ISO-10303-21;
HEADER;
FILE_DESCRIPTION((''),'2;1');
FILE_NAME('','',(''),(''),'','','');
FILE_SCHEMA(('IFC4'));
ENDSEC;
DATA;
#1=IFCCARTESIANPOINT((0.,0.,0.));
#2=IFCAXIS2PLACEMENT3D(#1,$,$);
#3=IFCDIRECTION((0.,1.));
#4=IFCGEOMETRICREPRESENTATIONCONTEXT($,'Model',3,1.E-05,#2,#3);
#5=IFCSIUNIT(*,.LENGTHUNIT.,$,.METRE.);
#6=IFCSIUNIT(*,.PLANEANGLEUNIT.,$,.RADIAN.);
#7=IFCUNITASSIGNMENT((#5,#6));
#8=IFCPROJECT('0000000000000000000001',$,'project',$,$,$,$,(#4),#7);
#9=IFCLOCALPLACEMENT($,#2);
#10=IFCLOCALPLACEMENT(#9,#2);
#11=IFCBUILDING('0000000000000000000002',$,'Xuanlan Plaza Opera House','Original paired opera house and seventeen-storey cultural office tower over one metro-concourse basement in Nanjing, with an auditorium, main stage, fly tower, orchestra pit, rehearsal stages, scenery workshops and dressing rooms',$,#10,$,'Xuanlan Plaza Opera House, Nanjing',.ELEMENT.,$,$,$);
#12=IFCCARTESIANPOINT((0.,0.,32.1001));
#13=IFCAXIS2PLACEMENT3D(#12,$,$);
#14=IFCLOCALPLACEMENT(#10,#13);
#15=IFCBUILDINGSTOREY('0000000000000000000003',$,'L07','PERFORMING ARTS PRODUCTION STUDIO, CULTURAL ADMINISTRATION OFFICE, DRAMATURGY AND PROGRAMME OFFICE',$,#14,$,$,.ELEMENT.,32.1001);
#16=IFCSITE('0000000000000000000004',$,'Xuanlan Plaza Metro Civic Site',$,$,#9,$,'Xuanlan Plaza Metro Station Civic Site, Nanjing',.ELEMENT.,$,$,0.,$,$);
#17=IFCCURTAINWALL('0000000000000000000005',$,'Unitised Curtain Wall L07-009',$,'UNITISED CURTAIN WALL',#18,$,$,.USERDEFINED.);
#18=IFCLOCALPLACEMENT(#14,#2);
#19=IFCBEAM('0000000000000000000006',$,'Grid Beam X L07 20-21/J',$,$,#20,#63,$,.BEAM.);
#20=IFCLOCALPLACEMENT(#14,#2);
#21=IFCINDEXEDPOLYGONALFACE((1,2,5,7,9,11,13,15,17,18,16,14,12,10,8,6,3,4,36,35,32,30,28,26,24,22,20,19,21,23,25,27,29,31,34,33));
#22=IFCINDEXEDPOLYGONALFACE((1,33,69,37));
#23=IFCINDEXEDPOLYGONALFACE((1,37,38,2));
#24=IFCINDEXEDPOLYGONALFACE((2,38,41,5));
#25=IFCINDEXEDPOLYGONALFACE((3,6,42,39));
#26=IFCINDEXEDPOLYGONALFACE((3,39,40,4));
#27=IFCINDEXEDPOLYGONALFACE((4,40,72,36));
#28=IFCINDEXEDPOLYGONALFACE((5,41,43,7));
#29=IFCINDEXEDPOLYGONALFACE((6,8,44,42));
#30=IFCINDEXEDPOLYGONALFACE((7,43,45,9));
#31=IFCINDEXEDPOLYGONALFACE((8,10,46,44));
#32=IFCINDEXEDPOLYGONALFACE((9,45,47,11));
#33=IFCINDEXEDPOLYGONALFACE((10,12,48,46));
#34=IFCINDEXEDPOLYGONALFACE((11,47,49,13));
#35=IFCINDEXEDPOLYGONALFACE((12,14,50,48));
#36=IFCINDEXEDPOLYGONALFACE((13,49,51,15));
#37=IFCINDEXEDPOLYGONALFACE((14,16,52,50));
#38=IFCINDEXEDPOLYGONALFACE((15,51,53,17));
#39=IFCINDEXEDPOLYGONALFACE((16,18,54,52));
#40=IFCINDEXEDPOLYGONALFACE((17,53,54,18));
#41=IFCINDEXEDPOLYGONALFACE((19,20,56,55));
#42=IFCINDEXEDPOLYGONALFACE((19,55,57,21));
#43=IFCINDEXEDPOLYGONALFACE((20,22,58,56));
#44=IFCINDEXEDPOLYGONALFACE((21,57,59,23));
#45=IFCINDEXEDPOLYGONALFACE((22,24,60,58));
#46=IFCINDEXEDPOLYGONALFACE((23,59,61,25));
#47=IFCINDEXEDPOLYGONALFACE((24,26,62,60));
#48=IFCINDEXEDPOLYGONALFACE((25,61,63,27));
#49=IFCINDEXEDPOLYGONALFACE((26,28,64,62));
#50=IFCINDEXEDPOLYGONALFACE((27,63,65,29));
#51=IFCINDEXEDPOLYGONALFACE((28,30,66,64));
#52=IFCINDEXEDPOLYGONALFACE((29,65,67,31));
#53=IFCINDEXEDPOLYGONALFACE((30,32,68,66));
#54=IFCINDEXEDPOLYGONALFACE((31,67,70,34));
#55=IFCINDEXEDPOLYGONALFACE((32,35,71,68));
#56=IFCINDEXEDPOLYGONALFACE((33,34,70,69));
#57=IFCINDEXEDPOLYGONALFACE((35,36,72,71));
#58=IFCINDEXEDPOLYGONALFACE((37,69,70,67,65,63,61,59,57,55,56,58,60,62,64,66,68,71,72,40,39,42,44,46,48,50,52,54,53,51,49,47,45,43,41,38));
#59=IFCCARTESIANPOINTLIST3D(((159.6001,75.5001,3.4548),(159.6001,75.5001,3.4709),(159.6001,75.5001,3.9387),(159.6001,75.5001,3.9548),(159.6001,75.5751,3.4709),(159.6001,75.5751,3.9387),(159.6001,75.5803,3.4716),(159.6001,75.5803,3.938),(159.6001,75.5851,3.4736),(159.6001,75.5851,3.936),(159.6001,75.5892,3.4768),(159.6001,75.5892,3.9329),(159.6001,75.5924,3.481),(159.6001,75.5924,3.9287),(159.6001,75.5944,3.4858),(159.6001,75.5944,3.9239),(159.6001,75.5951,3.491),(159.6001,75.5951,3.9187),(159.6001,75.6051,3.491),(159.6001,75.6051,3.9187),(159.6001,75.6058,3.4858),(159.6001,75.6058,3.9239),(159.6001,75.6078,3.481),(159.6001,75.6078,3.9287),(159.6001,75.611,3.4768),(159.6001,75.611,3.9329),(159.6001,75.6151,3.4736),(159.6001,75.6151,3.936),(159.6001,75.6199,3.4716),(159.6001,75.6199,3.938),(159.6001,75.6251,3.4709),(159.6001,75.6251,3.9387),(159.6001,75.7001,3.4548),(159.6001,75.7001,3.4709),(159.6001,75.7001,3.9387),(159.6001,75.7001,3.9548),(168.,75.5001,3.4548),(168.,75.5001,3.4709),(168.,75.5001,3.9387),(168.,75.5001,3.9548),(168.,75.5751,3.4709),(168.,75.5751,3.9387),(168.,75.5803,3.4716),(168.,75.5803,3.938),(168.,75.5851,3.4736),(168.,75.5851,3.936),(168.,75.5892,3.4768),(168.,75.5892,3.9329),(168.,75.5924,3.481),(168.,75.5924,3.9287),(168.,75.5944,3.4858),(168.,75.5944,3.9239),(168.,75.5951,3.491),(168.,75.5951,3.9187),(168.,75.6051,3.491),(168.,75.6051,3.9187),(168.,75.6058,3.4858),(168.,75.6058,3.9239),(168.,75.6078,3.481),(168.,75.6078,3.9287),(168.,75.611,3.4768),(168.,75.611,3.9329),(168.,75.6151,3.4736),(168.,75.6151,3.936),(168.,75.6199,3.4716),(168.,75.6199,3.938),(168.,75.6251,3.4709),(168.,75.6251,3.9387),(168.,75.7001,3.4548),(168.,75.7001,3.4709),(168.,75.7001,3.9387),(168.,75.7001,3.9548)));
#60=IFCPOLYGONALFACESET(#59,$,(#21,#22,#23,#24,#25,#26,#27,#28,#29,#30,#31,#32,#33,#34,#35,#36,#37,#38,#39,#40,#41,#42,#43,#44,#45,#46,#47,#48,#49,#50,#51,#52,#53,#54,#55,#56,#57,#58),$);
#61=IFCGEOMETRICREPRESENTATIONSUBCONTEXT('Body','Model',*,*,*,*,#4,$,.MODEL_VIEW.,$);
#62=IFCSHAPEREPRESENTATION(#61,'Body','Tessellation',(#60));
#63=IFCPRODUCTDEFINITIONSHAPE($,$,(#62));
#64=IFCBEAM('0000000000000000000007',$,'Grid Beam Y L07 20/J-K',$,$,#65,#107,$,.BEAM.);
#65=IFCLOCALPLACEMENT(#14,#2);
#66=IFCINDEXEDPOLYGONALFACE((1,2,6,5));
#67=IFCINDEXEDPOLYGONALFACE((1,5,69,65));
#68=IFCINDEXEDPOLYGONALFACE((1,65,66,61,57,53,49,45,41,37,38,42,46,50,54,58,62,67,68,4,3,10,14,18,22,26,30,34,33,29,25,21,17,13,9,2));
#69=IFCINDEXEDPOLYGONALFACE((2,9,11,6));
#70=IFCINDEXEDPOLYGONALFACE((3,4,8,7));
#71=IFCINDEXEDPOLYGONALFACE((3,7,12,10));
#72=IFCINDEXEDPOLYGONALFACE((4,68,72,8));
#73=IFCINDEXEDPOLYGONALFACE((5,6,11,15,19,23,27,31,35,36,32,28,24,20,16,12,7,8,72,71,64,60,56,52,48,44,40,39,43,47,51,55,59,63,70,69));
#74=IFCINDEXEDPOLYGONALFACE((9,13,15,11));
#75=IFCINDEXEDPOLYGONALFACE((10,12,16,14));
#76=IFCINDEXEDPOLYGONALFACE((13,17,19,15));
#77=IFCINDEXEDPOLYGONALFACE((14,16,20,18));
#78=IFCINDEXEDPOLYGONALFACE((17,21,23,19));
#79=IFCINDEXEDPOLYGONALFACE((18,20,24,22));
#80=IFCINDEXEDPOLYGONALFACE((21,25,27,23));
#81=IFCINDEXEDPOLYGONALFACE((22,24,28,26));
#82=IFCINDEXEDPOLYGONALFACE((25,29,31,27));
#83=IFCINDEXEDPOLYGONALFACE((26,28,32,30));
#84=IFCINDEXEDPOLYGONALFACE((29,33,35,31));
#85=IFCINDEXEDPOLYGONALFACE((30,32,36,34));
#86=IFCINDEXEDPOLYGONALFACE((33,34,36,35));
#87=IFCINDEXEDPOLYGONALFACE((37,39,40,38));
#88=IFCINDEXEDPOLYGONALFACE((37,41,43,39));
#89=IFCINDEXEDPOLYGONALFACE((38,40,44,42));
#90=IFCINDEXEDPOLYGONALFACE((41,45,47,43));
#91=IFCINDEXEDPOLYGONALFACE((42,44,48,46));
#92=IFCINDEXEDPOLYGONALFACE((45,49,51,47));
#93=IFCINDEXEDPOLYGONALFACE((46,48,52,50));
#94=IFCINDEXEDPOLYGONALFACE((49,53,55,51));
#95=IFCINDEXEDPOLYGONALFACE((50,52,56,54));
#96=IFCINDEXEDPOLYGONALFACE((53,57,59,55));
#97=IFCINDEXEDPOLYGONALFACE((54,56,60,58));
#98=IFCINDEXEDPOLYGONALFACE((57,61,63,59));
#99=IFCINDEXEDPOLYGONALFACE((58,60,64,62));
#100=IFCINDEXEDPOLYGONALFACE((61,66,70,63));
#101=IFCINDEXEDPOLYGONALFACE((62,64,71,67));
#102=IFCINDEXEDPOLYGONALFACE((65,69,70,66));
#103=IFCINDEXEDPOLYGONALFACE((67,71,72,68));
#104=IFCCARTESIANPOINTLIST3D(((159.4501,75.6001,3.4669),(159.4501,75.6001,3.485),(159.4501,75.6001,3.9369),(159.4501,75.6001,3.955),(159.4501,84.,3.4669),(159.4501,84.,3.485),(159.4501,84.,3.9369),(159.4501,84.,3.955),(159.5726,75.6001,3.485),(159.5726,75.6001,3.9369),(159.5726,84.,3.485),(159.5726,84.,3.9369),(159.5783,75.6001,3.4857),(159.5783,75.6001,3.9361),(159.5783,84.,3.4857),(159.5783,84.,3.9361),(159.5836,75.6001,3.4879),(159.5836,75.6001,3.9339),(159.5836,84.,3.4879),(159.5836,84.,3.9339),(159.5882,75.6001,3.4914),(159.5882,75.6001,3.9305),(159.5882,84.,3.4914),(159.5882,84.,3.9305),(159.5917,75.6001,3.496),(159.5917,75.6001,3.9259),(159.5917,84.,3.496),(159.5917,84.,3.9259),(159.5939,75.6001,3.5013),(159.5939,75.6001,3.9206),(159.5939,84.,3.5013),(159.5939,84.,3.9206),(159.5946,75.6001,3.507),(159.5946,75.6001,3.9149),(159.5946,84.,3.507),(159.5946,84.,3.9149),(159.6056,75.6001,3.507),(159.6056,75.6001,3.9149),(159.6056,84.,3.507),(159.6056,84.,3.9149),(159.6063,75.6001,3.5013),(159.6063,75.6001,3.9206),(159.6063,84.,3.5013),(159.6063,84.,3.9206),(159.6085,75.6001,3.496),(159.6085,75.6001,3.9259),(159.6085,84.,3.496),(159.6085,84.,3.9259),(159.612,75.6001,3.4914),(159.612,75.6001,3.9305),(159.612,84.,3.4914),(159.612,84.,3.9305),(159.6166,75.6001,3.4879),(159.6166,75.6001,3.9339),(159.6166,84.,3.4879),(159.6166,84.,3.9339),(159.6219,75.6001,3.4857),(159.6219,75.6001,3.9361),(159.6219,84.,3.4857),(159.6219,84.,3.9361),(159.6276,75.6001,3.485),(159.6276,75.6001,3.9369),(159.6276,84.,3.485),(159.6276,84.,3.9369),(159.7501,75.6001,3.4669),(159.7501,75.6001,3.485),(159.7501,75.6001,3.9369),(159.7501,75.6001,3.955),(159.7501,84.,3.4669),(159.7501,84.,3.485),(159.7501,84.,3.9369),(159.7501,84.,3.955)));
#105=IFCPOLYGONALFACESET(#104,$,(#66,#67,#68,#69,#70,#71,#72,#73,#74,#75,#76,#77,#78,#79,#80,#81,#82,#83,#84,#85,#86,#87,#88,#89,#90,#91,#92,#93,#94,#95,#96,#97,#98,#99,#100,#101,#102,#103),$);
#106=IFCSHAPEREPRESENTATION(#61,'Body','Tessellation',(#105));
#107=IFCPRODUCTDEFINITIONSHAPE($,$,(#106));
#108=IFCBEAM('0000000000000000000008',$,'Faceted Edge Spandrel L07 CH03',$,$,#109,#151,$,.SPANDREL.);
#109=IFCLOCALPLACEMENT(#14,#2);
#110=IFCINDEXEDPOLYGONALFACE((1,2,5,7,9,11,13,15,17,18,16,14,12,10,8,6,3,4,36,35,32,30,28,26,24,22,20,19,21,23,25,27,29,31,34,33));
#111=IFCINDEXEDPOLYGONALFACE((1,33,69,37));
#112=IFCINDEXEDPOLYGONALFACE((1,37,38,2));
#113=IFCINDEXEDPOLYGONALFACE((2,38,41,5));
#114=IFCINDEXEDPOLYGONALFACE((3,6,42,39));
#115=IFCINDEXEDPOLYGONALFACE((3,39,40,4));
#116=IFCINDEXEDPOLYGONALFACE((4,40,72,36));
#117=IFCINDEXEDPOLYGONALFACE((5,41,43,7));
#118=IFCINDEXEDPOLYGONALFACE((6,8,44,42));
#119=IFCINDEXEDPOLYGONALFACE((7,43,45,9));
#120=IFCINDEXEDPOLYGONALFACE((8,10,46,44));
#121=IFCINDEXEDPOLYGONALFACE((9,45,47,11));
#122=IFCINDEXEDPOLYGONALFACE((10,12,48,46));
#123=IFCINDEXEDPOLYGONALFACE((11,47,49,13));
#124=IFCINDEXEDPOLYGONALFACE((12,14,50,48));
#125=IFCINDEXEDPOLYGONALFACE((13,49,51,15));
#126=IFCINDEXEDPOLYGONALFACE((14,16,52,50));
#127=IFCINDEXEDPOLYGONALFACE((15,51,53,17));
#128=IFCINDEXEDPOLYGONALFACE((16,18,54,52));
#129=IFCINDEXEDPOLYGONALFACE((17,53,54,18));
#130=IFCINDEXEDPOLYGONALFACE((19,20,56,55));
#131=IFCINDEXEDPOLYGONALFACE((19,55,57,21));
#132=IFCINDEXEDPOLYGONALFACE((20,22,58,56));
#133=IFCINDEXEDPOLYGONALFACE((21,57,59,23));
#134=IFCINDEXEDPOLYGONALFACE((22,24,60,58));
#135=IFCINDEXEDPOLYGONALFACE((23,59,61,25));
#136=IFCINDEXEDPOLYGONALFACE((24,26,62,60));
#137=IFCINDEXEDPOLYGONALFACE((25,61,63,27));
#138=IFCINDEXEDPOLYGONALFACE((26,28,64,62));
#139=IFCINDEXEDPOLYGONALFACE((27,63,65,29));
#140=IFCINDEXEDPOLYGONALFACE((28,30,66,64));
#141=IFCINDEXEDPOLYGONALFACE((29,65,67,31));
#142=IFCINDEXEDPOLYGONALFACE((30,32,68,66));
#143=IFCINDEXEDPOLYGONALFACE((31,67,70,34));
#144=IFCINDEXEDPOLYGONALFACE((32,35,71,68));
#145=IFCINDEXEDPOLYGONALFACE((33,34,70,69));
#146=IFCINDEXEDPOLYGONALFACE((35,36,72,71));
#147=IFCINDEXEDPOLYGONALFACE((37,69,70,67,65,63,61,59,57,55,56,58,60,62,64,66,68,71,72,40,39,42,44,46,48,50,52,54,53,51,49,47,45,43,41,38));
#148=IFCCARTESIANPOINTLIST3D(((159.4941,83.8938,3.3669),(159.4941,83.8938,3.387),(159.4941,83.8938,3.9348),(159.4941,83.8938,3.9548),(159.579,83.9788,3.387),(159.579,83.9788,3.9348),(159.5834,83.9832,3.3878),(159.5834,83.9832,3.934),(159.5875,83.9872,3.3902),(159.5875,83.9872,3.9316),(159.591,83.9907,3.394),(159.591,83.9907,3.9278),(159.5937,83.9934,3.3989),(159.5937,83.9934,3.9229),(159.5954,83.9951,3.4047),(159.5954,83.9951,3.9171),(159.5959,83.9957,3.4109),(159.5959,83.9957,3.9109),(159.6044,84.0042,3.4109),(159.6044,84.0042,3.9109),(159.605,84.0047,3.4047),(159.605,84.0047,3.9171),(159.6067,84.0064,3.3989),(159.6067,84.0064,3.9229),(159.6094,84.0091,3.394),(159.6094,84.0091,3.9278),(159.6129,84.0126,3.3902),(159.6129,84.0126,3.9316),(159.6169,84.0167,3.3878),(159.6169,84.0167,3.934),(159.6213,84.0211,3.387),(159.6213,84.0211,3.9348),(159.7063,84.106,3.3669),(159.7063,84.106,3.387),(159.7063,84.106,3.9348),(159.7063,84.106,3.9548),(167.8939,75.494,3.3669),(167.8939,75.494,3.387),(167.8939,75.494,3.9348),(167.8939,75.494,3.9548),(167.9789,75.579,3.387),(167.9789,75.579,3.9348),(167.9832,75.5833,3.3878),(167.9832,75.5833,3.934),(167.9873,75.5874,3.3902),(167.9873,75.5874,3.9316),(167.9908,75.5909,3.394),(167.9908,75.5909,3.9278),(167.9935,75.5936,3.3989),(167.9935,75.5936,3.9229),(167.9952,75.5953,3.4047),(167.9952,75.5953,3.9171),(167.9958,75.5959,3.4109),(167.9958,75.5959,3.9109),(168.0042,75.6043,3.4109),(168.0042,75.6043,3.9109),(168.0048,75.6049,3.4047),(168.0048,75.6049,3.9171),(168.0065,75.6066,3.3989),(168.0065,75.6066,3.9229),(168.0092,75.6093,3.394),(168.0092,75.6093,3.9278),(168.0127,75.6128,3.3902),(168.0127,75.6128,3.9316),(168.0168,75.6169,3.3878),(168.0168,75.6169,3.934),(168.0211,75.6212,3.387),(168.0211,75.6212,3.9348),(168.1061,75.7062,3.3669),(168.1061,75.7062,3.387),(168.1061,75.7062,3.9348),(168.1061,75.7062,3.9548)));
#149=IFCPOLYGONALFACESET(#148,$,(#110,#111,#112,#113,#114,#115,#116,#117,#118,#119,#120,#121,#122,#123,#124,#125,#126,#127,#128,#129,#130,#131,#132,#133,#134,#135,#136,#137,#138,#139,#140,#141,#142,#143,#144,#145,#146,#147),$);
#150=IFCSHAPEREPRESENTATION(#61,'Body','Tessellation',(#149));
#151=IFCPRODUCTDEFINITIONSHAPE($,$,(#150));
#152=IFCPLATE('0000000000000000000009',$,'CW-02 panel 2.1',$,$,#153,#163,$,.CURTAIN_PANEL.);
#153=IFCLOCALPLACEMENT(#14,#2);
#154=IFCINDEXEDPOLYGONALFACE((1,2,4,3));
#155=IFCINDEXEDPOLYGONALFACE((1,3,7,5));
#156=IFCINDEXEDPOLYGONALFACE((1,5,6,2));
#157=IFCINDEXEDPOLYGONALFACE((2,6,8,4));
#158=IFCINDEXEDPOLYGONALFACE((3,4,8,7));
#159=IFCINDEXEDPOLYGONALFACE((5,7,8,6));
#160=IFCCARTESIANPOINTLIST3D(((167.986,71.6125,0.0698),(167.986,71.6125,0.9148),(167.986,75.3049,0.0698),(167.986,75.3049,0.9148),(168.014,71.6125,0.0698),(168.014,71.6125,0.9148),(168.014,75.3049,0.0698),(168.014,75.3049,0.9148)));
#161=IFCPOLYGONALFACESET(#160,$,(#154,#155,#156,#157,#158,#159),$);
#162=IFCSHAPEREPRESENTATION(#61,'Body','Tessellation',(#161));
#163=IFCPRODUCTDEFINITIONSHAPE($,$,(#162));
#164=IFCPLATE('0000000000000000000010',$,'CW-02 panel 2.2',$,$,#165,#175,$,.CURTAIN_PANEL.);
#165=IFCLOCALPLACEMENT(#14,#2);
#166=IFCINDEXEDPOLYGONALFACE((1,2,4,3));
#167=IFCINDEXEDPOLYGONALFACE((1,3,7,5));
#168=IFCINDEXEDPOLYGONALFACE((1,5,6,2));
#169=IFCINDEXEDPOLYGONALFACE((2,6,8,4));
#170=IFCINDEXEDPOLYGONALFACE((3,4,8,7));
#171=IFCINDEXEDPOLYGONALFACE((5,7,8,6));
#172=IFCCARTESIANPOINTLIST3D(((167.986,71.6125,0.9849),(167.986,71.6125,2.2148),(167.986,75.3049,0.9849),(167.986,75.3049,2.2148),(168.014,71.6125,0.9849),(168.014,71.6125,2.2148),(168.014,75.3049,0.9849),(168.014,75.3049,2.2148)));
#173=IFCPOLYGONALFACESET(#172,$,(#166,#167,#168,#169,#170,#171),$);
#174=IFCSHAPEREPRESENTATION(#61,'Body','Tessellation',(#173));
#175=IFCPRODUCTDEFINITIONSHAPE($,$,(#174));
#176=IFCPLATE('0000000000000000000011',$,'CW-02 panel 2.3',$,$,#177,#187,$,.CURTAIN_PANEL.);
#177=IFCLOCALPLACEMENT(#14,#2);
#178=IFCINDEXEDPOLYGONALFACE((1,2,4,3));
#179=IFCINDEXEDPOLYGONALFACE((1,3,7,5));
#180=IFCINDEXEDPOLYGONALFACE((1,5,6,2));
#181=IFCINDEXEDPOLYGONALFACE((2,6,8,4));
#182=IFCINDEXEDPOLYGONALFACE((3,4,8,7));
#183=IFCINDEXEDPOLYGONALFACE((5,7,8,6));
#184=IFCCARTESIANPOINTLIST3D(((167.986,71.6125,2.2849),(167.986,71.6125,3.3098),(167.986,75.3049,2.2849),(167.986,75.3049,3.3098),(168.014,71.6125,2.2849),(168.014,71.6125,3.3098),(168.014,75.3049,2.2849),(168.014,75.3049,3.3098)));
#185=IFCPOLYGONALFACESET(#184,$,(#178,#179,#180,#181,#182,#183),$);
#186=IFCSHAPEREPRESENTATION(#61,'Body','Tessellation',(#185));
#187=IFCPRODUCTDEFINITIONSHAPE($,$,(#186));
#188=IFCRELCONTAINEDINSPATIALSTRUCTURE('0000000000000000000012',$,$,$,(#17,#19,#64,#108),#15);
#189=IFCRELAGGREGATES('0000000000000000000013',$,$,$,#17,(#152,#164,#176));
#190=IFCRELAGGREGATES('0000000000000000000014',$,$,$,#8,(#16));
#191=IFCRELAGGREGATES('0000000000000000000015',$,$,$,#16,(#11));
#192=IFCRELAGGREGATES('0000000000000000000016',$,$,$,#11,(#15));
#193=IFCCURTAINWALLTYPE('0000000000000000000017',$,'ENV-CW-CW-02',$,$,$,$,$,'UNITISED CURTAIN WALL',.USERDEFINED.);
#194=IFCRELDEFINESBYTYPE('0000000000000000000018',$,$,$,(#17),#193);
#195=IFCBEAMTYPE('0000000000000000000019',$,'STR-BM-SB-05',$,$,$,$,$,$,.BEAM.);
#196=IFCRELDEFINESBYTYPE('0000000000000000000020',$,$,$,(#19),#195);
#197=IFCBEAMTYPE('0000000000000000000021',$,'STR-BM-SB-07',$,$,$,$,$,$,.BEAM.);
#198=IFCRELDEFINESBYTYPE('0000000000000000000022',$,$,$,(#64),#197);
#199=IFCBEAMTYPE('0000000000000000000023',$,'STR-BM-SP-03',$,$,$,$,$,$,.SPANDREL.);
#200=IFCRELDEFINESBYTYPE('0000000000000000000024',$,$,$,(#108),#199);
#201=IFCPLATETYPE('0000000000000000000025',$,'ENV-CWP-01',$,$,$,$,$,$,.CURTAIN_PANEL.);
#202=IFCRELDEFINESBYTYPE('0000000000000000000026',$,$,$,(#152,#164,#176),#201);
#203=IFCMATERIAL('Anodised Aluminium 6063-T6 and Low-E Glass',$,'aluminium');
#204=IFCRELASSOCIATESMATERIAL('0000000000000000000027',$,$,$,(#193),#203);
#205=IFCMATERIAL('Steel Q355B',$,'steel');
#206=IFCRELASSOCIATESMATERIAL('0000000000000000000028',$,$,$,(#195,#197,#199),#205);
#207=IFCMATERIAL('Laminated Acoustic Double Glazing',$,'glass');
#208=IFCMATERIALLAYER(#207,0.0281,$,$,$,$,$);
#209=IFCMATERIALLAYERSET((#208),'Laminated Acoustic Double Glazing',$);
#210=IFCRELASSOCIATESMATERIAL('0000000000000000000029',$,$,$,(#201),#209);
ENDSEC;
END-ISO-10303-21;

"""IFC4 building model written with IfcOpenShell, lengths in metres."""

from ifc_helpers import new_model, si_unit, direction, frame, origin, origin_2d, place, context, subcontext, project, spatial, rectangle, i_section, extrude, material, layer, layer_set, material_profile, profile_set, type_object, element, aggregate, save


model = new_model("IFC4")

# Units and contexts
model_context = context("Model", 3, precision=1e-05, world=origin(), true_north=direction((0.0, 1.0)))
body_context = subcontext(model_context, "Body", "Model", "MODEL_VIEW")
ifc_project = project(units=[si_unit("LENGTHUNIT", "METRE"), si_unit("PLANEANGLEUNIT", "RADIAN")], contexts=[model_context])

# Site, building, storey
site_placement = place(None, origin())
site = spatial("IfcSite", under=ifc_project, at=site_placement, Name="Xuanlan Plaza Metro Civic Site", LongName="Xuanlan Plaza Metro Station Civic Site, Nanjing", CompositionType="ELEMENT", RefElevation=0.0)
building_placement = place(site_placement, origin())
building = spatial("IfcBuilding", under=site, at=building_placement, Name="Xuanlan Plaza Opera House", Description="Original paired opera house and seventeen-storey cultural office tower over one metro-concourse basement in Nanjing, with an auditorium, main stage, fly tower, orchestra pit, rehearsal stages, scenery workshops and dressing rooms", LongName="Xuanlan Plaza Opera House, Nanjing", CompositionType="ELEMENT")
storey_placement = place(building_placement, frame((0.0, 0.0, 32.1001)))
storey = spatial("IfcBuildingStorey", under=building, at=storey_placement, Name="L07", Description="PERFORMING ARTS PRODUCTION STUDIO, CULTURAL ADMINISTRATION OFFICE, DRAMATURGY AND PROGRAMME OFFICE", CompositionType="ELEMENT", Elevation=32.1001)

# Shared definitions
ifc_material_1 = material(Name="Steel Q355B", Category="steel")

# Curtain wall
ifc_material_2 = material(Name="Anodised Aluminium 6063-T6 and Low-E Glass", Category="aluminium")
curtain_wall_type_1 = type_object("IfcCurtainWallType", Name="ENV-CW-CW-02", ElementType="UNITISED CURTAIN WALL", PredefinedType="USERDEFINED", material=ifc_material_2)
curtain_wall_1_placement = place(storey_placement, origin())
curtain_wall_1 = element("IfcCurtainWall", 1, at=curtain_wall_1_placement, inside=storey, type_object=curtain_wall_type_1, Name="Unitised Curtain Wall L07-009", ObjectType="UNITISED CURTAIN WALL", PredefinedType="USERDEFINED")

# Beams
ifc_material_profile_1 = material_profile(ifc_material_1, i_section(OverallWidth=0.2, OverallDepth=0.5, WebThickness=0.01, FlangeThickness=0.0161, FilletRadius=0.02, at=origin_2d()), Name="HN 500x200x10x16")
ifc_profile_set_1 = profile_set([ifc_material_profile_1], Name="Steel Q355B")
beam_type_1 = type_object("IfcBeamType", Name="STR-BM-SB-05", PredefinedType="BEAM", material=ifc_profile_set_1)
beam_1_placement = place(storey_placement, frame((159.6001, 75.6001, 3.7048), z_axis=(1.0, 0.0, 0.0), x_axis=(0.0, 1.0, 0.0)))
element("IfcBeam", 2, at=beam_1_placement, inside=storey, type_object=beam_type_1, Name="Grid Beam X L07 20-21/J", PredefinedType="BEAM", context=body_context, shape_type="SweptSolid", body=[
    extrude(i_section(OverallWidth=0.2, OverallDepth=0.5, WebThickness=0.01, FlangeThickness=0.0161, FilletRadius=0.02, at=origin_2d()), origin(), (0.0, 0.0, 1.0), 8.3999),
])
ifc_material_profile_2 = material_profile(ifc_material_1, i_section(OverallWidth=0.3, OverallDepth=0.488, WebThickness=0.011, FlangeThickness=0.0181, FilletRadius=0.022, at=origin_2d()), Name="HM 488x300x11x18")
ifc_profile_set_2 = profile_set([ifc_material_profile_2], Name="Steel Q355B")
beam_type_2 = type_object("IfcBeamType", Name="STR-BM-SB-07", PredefinedType="BEAM", material=ifc_profile_set_2)
beam_2_placement = place(storey_placement, frame((159.6001, 75.6001, 3.7109), z_axis=(0.0, 1.0, 0.0), x_axis=(-1.0, 0.0, 0.0)))
element("IfcBeam", 3, at=beam_2_placement, inside=storey, type_object=beam_type_2, Name="Grid Beam Y L07 20/J-K", PredefinedType="BEAM", context=body_context, shape_type="SweptSolid", body=[
    extrude(i_section(OverallWidth=0.3, OverallDepth=0.488, WebThickness=0.011, FlangeThickness=0.0181, FilletRadius=0.022, at=origin_2d()), origin(), (0.0, 0.0, 1.0), 8.3999),
])
ifc_material_profile_3 = material_profile(ifc_material_1, i_section(OverallWidth=0.3, OverallDepth=0.5879, WebThickness=0.012, FlangeThickness=0.02, FilletRadius=0.0239, at=origin_2d()), Name="HM 588x300x12x20")
ifc_profile_set_3 = profile_set([ifc_material_profile_3], Name="Steel Q355B")
beam_type_3 = type_object("IfcBeamType", Name="STR-BM-SP-03", PredefinedType="SPANDREL", material=ifc_profile_set_3)
beam_3_placement = place(storey_placement, frame((168.0, 75.6001, 3.6609), z_axis=(-0.707107, 0.707107, 0.0), x_axis=(-0.707107, -0.707107, 0.0)))
element("IfcBeam", 4, at=beam_3_placement, inside=storey, type_object=beam_type_3, Name="Faceted Edge Spandrel L07 CH03", PredefinedType="SPANDREL", context=body_context, shape_type="SweptSolid", body=[
    extrude(i_section(OverallWidth=0.3, OverallDepth=0.5879, WebThickness=0.012, FlangeThickness=0.02, FilletRadius=0.0239, at=origin_2d()), origin(), (0.0, 0.0, 1.0), 11.8792),
])

# Plates
ifc_material_3 = material(Name="Laminated Acoustic Double Glazing", Category="glass")
ifc_layer_1 = layer(ifc_material_3, 0.0281)
ifc_layer_set_1 = layer_set([ifc_layer_1], Name="Laminated Acoustic Double Glazing")
plate_type_1 = type_object("IfcPlateType", Name="ENV-CWP-01", PredefinedType="CURTAIN_PANEL", material=ifc_layer_set_1)
plate_1_placement = place(storey_placement, frame((168.0, 73.4587, 0.0698), z_axis=(0.0, 0.0, 1.0), x_axis=(0.0, 1.0, 0.0)))
plate_1 = element("IfcPlate", 5, at=plate_1_placement, type_object=plate_type_1, Name="CW-02 panel 2.1", PredefinedType="CURTAIN_PANEL", context=body_context, shape_type="SweptSolid", body=[
    extrude(rectangle(XDim=3.6924, YDim=0.0281, at=origin_2d()), origin(), (0.0, 0.0, 1.0), 0.845),
])
plate_2_placement = place(storey_placement, frame((168.0, 73.4587, 0.9849), z_axis=(0.0, 0.0, 1.0), x_axis=(0.0, 1.0, 0.0)))
plate_2 = element("IfcPlate", 6, at=plate_2_placement, type_object=plate_type_1, Name="CW-02 panel 2.2", PredefinedType="CURTAIN_PANEL", context=body_context, shape_type="SweptSolid", body=[
    extrude(rectangle(XDim=3.6924, YDim=0.0281, at=origin_2d()), origin(), (0.0, 0.0, 1.0), 1.23),
])
plate_3_placement = place(storey_placement, frame((168.0, 73.4587, 2.2849), z_axis=(0.0, 0.0, 1.0), x_axis=(0.0, 1.0, 0.0)))
plate_3 = element("IfcPlate", 7, at=plate_3_placement, type_object=plate_type_1, Name="CW-02 panel 2.3", PredefinedType="CURTAIN_PANEL", context=body_context, shape_type="SweptSolid", body=[
    extrude(rectangle(XDim=3.6924, YDim=0.0281, at=origin_2d()), origin(), (0.0, 0.0, 1.0), 1.0249),
])
aggregate(curtain_wall_1, [plate_1, plate_2, plate_3])

save(model, "model.ifc")
